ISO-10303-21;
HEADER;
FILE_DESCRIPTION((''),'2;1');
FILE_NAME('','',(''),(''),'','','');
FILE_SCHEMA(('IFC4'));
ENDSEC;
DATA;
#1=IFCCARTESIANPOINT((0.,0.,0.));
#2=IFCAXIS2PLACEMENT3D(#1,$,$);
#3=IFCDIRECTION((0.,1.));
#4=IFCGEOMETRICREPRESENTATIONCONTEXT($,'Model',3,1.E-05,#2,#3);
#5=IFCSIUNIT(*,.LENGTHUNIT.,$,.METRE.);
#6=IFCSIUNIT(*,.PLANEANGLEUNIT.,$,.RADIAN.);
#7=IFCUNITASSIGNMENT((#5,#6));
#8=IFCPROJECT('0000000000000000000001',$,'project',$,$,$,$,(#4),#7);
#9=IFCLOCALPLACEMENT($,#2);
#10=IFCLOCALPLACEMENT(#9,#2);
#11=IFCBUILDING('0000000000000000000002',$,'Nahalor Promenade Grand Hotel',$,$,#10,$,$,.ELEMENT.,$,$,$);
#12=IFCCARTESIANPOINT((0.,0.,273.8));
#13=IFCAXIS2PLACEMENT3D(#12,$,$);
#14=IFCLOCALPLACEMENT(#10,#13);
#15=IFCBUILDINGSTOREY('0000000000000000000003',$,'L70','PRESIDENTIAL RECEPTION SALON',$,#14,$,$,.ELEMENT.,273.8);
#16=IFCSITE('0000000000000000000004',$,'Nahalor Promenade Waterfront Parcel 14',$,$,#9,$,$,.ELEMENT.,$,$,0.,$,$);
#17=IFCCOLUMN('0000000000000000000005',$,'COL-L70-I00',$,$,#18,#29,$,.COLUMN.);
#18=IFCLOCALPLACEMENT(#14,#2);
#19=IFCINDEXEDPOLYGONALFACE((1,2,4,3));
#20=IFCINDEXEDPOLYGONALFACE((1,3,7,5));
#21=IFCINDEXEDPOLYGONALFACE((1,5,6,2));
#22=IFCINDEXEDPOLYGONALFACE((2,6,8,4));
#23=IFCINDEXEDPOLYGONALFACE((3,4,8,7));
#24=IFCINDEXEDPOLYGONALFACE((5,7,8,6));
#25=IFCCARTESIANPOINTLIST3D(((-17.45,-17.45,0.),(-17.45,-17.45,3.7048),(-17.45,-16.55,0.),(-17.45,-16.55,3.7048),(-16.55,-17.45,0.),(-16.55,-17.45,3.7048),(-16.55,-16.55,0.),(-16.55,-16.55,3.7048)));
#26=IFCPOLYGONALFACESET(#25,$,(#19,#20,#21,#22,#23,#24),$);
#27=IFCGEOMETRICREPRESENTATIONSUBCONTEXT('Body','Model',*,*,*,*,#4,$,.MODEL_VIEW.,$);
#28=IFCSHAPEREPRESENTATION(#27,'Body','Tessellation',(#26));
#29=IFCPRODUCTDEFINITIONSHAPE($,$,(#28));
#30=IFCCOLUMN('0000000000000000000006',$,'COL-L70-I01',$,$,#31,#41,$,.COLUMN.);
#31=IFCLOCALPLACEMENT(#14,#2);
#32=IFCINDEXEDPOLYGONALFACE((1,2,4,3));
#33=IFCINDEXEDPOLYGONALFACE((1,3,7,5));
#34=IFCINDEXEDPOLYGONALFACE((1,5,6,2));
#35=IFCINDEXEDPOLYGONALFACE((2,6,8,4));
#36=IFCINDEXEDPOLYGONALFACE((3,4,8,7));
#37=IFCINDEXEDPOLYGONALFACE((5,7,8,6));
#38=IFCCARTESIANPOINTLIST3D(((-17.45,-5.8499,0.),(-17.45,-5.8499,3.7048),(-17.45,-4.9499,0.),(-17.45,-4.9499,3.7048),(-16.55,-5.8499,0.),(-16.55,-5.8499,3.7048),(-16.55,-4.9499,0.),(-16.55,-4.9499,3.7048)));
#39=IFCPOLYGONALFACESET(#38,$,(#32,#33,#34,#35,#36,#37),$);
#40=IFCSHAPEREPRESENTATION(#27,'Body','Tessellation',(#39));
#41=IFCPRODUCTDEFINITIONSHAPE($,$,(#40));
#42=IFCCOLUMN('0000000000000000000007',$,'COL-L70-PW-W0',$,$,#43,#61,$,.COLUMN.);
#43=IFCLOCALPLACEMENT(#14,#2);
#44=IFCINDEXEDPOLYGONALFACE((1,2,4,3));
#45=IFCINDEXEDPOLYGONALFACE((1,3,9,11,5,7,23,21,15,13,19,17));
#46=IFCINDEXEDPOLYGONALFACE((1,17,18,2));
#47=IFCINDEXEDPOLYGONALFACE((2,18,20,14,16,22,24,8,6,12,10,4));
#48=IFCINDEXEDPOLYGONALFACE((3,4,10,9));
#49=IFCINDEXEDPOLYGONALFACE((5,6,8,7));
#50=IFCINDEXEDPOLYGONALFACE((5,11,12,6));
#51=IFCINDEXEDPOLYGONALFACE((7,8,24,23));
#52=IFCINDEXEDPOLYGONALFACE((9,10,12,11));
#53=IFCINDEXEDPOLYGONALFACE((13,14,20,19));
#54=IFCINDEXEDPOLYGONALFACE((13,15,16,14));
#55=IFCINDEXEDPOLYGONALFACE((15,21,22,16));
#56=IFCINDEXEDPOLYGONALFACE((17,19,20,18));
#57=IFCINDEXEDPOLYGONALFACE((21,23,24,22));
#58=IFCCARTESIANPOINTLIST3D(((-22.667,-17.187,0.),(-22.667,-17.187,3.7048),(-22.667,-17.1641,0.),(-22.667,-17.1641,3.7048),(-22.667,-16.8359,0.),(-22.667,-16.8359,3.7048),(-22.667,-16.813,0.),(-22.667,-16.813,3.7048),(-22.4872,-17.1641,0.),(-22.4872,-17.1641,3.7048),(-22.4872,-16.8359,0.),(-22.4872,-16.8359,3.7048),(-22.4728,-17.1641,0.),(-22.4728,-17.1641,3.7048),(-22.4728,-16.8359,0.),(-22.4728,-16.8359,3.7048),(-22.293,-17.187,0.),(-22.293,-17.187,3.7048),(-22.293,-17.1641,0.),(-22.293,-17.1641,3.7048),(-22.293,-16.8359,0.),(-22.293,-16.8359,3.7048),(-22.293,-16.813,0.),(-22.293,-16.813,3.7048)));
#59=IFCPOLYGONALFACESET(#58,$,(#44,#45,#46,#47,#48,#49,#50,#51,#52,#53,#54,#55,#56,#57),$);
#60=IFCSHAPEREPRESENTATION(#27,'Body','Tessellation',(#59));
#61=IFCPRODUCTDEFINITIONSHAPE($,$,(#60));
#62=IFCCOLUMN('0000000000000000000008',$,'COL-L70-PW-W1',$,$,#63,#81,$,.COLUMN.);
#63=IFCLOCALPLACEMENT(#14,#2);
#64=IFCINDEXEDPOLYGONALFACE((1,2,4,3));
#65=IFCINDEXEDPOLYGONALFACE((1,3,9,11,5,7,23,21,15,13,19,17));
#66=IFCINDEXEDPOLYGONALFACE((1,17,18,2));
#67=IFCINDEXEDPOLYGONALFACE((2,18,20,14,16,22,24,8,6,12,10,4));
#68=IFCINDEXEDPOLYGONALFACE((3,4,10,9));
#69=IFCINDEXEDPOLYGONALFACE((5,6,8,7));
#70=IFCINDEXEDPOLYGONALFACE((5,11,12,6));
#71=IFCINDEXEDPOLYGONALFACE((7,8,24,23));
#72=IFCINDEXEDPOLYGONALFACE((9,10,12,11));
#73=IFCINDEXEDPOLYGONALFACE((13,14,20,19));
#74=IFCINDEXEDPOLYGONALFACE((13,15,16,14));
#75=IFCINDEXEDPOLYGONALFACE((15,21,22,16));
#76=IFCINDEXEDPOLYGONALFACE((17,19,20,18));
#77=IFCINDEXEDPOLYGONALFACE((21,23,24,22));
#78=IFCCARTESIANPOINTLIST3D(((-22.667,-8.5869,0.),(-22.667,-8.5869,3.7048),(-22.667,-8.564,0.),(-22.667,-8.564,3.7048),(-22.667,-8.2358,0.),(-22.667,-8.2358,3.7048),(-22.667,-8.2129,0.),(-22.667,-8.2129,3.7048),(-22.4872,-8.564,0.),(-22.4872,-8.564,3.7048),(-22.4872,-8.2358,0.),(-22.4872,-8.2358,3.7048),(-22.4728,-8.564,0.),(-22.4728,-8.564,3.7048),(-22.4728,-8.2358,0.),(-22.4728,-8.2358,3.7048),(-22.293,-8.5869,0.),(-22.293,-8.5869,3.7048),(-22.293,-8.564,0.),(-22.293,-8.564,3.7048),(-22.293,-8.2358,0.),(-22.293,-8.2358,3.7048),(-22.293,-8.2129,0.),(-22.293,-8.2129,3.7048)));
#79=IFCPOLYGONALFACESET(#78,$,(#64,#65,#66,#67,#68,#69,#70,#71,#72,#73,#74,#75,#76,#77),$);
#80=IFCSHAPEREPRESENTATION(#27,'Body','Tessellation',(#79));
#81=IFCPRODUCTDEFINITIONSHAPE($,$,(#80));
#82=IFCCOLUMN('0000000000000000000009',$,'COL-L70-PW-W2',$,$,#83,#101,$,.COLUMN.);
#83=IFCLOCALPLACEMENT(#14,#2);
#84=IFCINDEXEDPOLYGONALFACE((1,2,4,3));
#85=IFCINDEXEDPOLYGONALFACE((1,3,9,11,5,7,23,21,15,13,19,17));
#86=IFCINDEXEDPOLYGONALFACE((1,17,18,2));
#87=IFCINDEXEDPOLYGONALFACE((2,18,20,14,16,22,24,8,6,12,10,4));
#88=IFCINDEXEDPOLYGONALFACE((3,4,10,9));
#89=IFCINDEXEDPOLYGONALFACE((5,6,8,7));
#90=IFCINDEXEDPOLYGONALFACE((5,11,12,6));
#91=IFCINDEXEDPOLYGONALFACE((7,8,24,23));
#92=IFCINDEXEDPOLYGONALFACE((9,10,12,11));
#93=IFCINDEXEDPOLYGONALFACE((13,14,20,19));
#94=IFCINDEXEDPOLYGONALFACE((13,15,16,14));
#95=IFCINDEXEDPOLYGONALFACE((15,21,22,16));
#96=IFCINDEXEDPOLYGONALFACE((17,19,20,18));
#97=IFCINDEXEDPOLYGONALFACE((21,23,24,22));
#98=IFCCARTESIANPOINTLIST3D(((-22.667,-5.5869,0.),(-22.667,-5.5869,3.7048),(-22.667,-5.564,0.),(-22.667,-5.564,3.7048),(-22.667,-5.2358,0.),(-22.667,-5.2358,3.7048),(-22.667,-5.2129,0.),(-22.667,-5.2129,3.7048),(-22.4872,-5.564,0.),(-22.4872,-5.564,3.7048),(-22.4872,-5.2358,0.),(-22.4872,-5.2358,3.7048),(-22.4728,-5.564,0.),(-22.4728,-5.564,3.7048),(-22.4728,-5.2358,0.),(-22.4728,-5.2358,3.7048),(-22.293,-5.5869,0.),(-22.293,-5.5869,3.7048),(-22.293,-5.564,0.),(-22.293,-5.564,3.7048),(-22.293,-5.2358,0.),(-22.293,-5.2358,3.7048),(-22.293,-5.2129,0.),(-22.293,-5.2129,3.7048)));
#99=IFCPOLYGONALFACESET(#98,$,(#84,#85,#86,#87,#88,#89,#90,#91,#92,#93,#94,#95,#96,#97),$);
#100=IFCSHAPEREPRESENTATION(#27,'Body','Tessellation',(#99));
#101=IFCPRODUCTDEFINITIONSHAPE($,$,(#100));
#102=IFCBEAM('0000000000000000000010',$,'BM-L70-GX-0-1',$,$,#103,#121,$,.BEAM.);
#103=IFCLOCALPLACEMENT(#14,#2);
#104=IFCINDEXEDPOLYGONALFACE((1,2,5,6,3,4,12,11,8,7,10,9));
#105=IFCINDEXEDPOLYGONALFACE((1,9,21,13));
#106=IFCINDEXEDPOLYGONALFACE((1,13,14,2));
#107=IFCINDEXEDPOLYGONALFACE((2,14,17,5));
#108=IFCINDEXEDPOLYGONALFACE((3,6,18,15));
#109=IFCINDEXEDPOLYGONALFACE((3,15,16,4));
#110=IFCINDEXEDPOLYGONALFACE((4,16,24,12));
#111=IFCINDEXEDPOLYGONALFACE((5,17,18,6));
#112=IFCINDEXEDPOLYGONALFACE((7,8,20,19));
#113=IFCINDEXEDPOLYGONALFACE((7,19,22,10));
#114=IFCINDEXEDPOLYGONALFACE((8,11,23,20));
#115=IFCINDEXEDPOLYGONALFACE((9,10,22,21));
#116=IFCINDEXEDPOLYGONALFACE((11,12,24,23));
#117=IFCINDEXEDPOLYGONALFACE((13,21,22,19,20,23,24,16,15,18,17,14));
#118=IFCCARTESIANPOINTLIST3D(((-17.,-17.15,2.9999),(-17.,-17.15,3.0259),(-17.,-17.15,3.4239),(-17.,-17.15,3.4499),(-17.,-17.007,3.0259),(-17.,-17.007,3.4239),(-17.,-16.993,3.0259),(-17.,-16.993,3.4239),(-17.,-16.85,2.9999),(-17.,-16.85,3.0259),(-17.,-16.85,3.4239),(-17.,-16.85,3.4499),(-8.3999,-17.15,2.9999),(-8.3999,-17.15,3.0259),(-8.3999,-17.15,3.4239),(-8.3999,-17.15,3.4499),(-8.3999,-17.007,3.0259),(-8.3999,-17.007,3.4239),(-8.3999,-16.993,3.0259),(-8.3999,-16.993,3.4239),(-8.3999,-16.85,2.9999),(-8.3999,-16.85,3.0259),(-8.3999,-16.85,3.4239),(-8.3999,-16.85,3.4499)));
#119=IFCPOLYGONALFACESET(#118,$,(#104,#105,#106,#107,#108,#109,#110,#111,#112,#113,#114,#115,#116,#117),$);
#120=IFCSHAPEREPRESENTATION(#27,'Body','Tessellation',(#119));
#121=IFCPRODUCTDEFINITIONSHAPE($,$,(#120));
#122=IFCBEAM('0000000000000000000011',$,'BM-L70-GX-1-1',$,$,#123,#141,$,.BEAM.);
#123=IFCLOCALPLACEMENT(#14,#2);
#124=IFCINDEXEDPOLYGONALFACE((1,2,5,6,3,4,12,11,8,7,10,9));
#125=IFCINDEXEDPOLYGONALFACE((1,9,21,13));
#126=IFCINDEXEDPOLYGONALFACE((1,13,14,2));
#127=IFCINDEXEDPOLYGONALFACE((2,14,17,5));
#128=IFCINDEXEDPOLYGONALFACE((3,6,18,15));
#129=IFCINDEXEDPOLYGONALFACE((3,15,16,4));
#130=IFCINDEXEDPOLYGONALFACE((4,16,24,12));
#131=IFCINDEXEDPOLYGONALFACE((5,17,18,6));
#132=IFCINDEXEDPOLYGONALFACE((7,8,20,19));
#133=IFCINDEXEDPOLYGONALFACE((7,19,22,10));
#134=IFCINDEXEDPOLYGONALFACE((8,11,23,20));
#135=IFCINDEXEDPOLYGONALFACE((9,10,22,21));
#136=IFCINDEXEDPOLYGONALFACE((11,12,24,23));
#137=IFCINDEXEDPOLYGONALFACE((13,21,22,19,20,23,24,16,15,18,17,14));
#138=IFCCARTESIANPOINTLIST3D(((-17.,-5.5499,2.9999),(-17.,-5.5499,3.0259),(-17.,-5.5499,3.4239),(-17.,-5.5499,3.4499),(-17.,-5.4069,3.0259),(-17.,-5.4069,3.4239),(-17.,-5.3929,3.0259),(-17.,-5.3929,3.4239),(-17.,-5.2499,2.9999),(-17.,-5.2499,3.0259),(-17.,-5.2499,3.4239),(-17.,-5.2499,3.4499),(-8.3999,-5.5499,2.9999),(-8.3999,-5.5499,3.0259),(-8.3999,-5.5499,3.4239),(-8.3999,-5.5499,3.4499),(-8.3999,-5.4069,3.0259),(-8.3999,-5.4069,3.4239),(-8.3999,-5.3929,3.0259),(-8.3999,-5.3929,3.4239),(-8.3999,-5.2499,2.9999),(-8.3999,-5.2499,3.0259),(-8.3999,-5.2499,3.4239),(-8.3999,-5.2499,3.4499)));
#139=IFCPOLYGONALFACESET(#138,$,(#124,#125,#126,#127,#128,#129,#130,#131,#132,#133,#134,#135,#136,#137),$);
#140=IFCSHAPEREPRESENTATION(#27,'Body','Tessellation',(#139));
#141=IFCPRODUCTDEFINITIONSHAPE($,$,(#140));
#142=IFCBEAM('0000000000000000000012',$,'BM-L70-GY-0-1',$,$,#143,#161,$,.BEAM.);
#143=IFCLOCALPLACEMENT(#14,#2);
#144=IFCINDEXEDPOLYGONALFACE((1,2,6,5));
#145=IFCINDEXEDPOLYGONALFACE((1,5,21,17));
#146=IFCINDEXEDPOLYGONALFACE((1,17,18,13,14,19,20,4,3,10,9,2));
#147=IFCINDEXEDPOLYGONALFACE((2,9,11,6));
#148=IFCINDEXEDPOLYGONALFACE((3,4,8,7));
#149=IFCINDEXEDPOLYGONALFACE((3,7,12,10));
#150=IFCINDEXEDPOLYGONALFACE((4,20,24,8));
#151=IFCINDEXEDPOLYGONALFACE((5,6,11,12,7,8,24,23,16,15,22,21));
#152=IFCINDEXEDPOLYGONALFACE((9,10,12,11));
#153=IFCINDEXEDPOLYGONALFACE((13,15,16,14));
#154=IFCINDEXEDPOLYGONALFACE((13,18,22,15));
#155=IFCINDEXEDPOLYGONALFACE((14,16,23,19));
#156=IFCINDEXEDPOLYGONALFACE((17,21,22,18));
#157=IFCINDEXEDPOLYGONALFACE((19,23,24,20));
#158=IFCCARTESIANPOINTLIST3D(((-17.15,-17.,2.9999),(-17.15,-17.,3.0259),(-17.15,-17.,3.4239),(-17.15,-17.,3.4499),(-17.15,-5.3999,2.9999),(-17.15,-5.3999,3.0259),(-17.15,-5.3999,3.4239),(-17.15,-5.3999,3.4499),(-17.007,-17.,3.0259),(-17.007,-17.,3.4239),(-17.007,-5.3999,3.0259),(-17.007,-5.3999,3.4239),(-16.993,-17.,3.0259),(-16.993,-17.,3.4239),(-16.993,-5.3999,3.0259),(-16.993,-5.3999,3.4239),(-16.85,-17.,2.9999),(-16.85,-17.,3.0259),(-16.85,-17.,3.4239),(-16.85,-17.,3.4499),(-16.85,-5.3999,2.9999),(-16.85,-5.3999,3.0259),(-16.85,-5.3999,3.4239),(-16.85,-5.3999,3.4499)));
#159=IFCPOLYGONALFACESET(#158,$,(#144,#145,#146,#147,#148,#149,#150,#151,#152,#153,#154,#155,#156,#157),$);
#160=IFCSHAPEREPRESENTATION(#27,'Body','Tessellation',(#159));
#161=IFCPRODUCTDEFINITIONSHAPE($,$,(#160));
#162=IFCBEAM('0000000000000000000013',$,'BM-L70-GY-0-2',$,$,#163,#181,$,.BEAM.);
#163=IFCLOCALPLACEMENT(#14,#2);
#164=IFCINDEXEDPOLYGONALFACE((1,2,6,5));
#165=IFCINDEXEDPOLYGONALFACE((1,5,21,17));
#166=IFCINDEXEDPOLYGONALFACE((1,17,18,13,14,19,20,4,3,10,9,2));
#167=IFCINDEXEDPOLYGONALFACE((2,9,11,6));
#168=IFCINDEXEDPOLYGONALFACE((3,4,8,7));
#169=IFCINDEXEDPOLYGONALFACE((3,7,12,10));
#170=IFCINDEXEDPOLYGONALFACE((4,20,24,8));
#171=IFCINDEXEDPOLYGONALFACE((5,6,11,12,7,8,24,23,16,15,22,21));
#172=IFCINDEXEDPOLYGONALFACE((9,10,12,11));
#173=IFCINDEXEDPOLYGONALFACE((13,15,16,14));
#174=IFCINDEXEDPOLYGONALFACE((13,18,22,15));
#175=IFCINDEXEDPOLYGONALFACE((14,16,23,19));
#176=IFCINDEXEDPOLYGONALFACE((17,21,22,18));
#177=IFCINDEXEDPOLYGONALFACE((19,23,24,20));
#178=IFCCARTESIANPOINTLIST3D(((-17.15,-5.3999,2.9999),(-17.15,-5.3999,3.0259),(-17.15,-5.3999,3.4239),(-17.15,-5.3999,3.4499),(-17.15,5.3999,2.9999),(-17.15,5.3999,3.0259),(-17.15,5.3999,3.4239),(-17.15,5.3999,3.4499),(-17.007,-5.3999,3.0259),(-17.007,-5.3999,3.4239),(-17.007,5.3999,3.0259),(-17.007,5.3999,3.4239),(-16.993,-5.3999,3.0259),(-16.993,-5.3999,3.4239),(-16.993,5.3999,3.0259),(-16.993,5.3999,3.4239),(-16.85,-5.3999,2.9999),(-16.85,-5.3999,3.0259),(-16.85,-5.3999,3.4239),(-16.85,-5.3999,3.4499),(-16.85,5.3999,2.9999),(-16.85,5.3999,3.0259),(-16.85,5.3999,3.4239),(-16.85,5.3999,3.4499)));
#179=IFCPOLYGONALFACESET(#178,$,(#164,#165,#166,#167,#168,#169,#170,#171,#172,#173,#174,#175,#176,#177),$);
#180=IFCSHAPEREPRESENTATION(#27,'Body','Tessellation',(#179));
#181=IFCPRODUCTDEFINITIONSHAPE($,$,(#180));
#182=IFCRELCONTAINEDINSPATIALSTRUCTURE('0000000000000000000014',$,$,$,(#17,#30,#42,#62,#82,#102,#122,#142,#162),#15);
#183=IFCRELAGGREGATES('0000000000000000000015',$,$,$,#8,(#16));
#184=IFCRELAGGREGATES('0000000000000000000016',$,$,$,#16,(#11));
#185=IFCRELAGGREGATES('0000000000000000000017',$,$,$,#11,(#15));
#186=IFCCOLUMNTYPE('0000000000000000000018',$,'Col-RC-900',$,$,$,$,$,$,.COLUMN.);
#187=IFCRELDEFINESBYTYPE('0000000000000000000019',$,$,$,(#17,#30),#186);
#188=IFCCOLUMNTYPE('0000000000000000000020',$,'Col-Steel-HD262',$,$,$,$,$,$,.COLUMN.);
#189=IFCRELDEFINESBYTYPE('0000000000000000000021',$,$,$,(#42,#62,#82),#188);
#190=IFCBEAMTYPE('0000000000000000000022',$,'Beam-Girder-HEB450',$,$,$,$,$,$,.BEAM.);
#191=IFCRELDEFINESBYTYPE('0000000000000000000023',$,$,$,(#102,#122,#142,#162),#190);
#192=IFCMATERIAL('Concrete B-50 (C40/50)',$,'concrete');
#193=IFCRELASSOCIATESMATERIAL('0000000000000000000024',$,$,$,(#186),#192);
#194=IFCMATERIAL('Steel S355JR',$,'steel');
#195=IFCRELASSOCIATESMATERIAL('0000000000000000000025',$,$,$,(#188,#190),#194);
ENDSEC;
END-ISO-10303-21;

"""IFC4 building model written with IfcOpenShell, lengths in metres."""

from ifc_helpers import new_model, si_unit, direction, frame, origin, origin_2d, place, context, subcontext, project, spatial, rectangle, i_section, extrude, source, transform, mapped, material, material_profile, profile_set, type_object, element, save


model = new_model("IFC4")

# Units and contexts
model_context = context("Model", 3, precision=1e-05, world=origin(), true_north=direction((0.0, 1.0)))
body_context = subcontext(model_context, "Body", "Model", "MODEL_VIEW")
ifc_project = project(units=[si_unit("LENGTHUNIT", "METRE"), si_unit("PLANEANGLEUNIT", "RADIAN")], contexts=[model_context])

# Site, building, storey
site_placement = place(None, origin())
site = spatial("IfcSite", under=ifc_project, at=site_placement, Name="Nahalor Promenade Waterfront Parcel 14", CompositionType="ELEMENT", RefElevation=0.0)
building_placement = place(site_placement, origin())
building = spatial("IfcBuilding", under=site, at=building_placement, Name="Nahalor Promenade Grand Hotel", CompositionType="ELEMENT")
storey_placement = place(building_placement, frame((0.0, 0.0, 273.8)))
storey = spatial("IfcBuildingStorey", under=building, at=storey_placement, Name="L70", Description="PRESIDENTIAL RECEPTION SALON", CompositionType="ELEMENT", Elevation=273.8)

# Columns
ifc_material_1 = material(Name="Concrete B-50 (C40/50)", Category="concrete")
ifc_material_profile_1 = material_profile(ifc_material_1, rectangle(XDim=0.9, YDim=0.9, at=origin_2d()), Name="RC 900x900")
ifc_profile_set_1 = profile_set([ifc_material_profile_1], Name="Concrete B-50 (C40/50)")
column_type_1 = type_object("IfcColumnType", Name="Col-RC-900", PredefinedType="COLUMN", material=ifc_profile_set_1)
shared_shape_1 = source(origin(), body_context, "Body", "SweptSolid", [
    extrude(rectangle(XDim=0.9, YDim=0.9, at=origin_2d()), origin(), (0.0, 0.0, 1.0), 3.7048),
])
for number, where, z_axis, x_axis, name in (
    (1, (-17.0, -17.0, 0.0), (0.0, 0.0, 1.0), (1.0, 0.0, 0.0), "COL-L70-I00"),
    (2, (-17.0, -5.3999, 0.0), (0.0, 0.0, 1.0), (1.0, 0.0, 0.0), "COL-L70-I01"),
):
    element("IfcColumn", number, at=place(storey_placement, frame(where, z_axis=z_axis, x_axis=x_axis)), inside=storey, type_object=column_type_1, Name=name, PredefinedType="COLUMN", context=body_context, shape_type="MappedRepresentation", body=[
        mapped(shared_shape_1, transform((0.0, 0.0, 0.0), scale=1.0)),
    ])
ifc_material_2 = material(Name="Steel S355JR", Category="steel")
ifc_material_profile_2 = material_profile(ifc_material_2, i_section(OverallWidth=0.374, OverallDepth=0.374, WebThickness=0.0144, FlangeThickness=0.0229, at=origin_2d()), Name="HD 360x262")
ifc_profile_set_2 = profile_set([ifc_material_profile_2], Name="Steel S355JR")
column_type_2 = type_object("IfcColumnType", Name="Col-Steel-HD262", PredefinedType="COLUMN", material=ifc_profile_set_2)
shared_shape_2 = source(origin(), body_context, "Body", "SweptSolid", [
    extrude(i_section(OverallWidth=0.374, OverallDepth=0.374, WebThickness=0.0144, FlangeThickness=0.0229, at=origin_2d()), origin(), (0.0, 0.0, 1.0), 3.7048),
])
for number, where, z_axis, x_axis, name in (
    (3, (-22.48, -17.0, 0.0), (0.0, 0.0, 1.0), (1.0, 0.0, 0.0), "COL-L70-PW-W0"),
    (4, (-22.48, -8.3999, 0.0), (0.0, 0.0, 1.0), (1.0, 0.0, 0.0), "COL-L70-PW-W1"),
    (5, (-22.48, -5.3999, 0.0), (0.0, 0.0, 1.0), (1.0, 0.0, 0.0), "COL-L70-PW-W2"),
):
    element("IfcColumn", number, at=place(storey_placement, frame(where, z_axis=z_axis, x_axis=x_axis)), inside=storey, type_object=column_type_2, Name=name, PredefinedType="COLUMN", context=body_context, shape_type="MappedRepresentation", body=[
        mapped(shared_shape_2, transform((0.0, 0.0, 0.0), scale=1.0)),
    ])

# Beams
ifc_material_profile_3 = material_profile(ifc_material_2, i_section(OverallWidth=0.3, OverallDepth=0.45, WebThickness=0.014, FlangeThickness=0.026, at=origin_2d()), Name="HEB 450")
ifc_profile_set_3 = profile_set([ifc_material_profile_3], Name="Steel S355JR")
beam_type_1 = type_object("IfcBeamType", Name="Beam-Girder-HEB450", PredefinedType="BEAM", material=ifc_profile_set_3)
shared_shape_3 = source(origin(), body_context, "Body", "SweptSolid", [
    extrude(i_section(OverallWidth=0.3, OverallDepth=0.45, WebThickness=0.014, FlangeThickness=0.026, at=origin_2d()), origin(), (0.0, 0.0, 1.0), 8.6001),
])
for number, where, z_axis, x_axis, name in (
    (6, (-17.0, -17.0, 3.2249), (1.0, 0.0, 0.0), (0.0, 1.0, 0.0), "BM-L70-GX-0-1"),
    (7, (-17.0, -5.3999, 3.2249), (1.0, 0.0, 0.0), (0.0, 1.0, 0.0), "BM-L70-GX-1-1"),
):
    element("IfcBeam", number, at=place(storey_placement, frame(where, z_axis=z_axis, x_axis=x_axis)), inside=storey, type_object=beam_type_1, Name=name, PredefinedType="BEAM", context=body_context, shape_type="MappedRepresentation", body=[
        mapped(shared_shape_3, transform((0.0, 0.0, 0.0), scale=1.0)),
    ])
shared_shape_4 = source(origin(), body_context, "Body", "SweptSolid", [
    extrude(i_section(OverallWidth=0.3, OverallDepth=0.45, WebThickness=0.014, FlangeThickness=0.026, at=origin_2d()), origin(), (0.0, 0.0, 1.0), 11.6001),
])
beam_1_placement = place(storey_placement, frame((-17.0, -17.0, 3.2249), z_axis=(0.0, 1.0, 0.0), x_axis=(-1.0, 0.0, 0.0)))
element("IfcBeam", 8, at=beam_1_placement, inside=storey, type_object=beam_type_1, Name="BM-L70-GY-0-1", PredefinedType="BEAM", context=body_context, shape_type="MappedRepresentation", body=[
    mapped(shared_shape_4, transform((0.0, 0.0, 0.0), scale=1.0)),
])
shared_shape_5 = source(origin(), body_context, "Body", "SweptSolid", [
    extrude(i_section(OverallWidth=0.3, OverallDepth=0.45, WebThickness=0.014, FlangeThickness=0.026, at=origin_2d()), origin(), (0.0, 0.0, 1.0), 10.7998),
])
beam_2_placement = place(storey_placement, frame((-17.0, -5.3999, 3.2249), z_axis=(0.0, 1.0, 0.0), x_axis=(-1.0, 0.0, 0.0)))
element("IfcBeam", 9, at=beam_2_placement, inside=storey, type_object=beam_type_1, Name="BM-L70-GY-0-2", PredefinedType="BEAM", context=body_context, shape_type="MappedRepresentation", body=[
    mapped(shared_shape_5, transform((0.0, 0.0, 0.0), scale=1.0)),
])

save(model, "model.ifc")
